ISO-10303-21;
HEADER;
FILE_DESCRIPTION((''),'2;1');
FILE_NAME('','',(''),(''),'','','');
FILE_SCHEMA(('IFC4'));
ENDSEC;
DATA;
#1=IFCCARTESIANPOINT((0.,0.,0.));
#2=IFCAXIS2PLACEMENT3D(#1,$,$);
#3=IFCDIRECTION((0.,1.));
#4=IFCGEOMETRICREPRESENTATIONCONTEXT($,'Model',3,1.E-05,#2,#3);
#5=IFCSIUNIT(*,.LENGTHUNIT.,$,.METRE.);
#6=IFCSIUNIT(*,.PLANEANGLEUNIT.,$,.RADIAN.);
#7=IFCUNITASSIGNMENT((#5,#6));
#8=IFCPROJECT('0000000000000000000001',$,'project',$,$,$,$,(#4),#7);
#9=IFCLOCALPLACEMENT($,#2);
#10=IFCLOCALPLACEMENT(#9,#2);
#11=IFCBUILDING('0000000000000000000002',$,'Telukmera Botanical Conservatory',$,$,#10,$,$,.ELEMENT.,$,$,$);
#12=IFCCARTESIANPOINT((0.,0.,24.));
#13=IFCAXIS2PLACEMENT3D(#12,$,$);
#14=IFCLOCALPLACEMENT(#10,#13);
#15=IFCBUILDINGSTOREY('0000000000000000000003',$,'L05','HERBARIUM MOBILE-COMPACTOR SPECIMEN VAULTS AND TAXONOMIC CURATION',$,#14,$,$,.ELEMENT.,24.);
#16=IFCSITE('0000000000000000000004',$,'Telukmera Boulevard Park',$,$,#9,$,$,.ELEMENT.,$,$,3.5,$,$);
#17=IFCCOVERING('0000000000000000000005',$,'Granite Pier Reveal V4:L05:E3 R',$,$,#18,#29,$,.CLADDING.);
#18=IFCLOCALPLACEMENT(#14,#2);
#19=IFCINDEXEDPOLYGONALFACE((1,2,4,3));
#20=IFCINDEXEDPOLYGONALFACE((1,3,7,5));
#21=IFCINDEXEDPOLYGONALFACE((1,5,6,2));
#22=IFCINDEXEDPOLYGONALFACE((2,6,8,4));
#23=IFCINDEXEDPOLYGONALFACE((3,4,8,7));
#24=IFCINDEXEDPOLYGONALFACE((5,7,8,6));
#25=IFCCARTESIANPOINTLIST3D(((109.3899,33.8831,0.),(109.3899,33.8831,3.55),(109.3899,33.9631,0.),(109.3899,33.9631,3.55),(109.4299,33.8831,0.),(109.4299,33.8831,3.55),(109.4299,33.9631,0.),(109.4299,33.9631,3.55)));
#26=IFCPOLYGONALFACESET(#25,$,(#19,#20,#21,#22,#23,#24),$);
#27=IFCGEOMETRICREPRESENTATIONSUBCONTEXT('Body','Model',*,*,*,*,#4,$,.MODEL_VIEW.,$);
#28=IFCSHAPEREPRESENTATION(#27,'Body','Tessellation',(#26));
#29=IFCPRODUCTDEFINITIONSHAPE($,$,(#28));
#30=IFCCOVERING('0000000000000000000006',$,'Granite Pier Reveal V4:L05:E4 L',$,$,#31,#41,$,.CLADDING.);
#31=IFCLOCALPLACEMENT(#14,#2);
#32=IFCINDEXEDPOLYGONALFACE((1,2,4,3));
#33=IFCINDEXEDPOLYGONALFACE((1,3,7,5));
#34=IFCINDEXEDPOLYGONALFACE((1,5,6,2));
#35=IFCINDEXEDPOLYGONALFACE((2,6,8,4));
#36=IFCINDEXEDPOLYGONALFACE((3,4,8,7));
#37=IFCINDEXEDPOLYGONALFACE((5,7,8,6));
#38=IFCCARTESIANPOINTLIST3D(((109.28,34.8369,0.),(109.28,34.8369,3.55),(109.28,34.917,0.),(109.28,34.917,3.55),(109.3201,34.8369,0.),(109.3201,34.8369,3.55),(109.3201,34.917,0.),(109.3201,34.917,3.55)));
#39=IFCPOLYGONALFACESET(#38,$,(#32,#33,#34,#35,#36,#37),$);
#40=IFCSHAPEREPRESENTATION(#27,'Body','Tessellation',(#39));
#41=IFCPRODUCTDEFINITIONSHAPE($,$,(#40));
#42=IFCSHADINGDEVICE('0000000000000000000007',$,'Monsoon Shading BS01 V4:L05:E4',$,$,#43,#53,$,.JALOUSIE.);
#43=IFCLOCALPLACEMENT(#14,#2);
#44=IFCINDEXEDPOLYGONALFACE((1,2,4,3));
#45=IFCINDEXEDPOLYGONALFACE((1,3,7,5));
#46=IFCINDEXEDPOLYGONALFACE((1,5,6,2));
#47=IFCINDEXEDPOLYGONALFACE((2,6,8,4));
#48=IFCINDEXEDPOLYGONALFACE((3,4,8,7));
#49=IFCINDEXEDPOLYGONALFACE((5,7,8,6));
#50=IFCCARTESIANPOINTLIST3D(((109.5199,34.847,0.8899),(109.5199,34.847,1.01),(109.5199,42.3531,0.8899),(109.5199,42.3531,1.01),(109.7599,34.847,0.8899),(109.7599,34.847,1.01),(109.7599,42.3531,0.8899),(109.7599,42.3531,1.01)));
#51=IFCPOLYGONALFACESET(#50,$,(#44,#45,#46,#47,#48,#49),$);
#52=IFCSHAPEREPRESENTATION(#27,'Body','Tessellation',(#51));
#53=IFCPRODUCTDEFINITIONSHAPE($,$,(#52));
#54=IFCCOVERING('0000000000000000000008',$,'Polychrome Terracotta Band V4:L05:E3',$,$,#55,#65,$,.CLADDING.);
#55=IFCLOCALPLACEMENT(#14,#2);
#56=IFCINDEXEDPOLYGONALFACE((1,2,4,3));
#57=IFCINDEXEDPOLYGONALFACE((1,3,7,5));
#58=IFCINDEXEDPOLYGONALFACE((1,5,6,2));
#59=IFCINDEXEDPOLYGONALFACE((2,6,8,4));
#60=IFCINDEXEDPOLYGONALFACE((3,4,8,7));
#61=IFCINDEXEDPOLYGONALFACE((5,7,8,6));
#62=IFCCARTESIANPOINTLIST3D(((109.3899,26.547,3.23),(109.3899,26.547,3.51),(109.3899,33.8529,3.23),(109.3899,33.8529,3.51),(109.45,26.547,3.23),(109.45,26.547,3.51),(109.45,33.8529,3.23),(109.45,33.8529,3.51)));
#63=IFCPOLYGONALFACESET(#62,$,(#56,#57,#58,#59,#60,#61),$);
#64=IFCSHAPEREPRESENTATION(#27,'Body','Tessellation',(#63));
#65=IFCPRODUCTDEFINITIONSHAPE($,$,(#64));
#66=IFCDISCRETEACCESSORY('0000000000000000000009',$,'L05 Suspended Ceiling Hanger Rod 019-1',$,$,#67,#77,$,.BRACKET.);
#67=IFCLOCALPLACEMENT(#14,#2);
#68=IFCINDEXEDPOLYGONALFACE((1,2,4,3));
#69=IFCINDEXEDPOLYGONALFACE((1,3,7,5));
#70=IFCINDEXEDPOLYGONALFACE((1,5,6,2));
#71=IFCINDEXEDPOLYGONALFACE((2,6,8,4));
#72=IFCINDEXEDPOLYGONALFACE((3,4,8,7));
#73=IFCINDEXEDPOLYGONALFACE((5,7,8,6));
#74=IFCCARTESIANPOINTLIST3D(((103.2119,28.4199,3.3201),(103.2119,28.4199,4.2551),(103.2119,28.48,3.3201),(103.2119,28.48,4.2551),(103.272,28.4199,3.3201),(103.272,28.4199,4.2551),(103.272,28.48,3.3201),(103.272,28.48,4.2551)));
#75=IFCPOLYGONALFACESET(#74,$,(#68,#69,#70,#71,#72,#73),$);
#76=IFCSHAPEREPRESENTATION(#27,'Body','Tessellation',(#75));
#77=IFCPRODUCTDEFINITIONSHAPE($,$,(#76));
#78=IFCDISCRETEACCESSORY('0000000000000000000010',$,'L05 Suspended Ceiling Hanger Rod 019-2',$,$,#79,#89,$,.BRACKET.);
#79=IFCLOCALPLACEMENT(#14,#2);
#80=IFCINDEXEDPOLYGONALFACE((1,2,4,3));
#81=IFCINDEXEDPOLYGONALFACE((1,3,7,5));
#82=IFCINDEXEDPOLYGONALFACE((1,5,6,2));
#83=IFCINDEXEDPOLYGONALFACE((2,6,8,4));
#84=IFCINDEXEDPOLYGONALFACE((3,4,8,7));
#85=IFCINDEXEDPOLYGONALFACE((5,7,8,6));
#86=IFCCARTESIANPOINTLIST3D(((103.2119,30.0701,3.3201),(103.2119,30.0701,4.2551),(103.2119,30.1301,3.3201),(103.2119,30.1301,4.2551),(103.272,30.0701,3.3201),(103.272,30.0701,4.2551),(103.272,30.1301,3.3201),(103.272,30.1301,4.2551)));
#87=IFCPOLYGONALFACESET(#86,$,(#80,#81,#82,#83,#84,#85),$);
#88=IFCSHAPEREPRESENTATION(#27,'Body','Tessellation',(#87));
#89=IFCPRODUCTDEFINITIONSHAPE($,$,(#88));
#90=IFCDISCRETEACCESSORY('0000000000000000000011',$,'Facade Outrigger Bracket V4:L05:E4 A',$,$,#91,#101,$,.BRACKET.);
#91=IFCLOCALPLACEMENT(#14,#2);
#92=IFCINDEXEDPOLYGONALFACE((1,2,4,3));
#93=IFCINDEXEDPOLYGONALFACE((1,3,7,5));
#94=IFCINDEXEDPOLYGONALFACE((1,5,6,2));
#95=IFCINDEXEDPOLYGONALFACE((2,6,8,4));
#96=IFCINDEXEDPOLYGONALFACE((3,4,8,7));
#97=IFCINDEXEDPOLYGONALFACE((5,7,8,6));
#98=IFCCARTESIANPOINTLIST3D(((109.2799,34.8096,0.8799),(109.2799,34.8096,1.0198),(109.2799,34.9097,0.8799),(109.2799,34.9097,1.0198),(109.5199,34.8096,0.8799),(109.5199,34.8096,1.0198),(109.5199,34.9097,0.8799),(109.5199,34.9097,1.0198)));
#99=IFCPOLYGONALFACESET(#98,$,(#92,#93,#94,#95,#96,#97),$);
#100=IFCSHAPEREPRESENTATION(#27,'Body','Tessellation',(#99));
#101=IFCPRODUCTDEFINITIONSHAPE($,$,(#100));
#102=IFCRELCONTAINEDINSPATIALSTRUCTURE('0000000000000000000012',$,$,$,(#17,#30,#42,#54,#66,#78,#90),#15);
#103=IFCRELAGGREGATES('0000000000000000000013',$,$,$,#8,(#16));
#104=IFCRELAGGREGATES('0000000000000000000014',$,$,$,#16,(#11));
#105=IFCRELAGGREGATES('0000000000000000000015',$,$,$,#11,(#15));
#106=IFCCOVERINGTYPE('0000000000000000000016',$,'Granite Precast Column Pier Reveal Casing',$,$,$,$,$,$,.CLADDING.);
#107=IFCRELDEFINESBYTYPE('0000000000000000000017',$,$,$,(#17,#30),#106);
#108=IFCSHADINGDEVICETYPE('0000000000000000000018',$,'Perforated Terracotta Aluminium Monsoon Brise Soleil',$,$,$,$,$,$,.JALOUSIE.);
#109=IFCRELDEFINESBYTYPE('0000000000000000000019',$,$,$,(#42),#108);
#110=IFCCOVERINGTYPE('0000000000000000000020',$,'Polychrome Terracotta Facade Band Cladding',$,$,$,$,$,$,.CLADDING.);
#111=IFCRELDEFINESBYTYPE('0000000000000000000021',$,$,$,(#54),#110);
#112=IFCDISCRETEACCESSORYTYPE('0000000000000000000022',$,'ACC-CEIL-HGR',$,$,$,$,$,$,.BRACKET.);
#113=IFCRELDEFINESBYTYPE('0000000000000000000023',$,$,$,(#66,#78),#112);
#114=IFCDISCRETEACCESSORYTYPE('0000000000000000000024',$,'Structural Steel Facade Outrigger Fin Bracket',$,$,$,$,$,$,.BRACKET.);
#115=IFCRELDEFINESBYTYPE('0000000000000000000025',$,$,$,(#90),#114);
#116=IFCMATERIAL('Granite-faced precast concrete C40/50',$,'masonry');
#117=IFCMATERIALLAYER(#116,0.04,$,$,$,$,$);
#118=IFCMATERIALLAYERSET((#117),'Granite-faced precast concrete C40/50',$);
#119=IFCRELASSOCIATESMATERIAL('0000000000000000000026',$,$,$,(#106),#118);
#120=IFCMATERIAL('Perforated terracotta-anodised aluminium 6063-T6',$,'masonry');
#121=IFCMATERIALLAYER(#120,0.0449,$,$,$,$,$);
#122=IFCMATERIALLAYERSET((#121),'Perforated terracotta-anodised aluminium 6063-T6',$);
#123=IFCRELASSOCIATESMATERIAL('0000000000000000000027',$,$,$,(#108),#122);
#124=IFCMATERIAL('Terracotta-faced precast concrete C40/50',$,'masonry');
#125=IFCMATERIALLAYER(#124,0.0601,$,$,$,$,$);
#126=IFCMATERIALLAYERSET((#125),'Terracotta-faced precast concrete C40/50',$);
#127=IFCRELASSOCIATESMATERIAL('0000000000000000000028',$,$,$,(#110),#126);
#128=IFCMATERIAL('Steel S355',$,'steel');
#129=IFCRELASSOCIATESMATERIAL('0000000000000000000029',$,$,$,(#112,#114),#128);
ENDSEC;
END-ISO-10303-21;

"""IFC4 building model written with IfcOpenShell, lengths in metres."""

from ifc_helpers import new_model, si_unit, direction, frame, origin, origin_2d, place, context, subcontext, project, spatial, rectangle, extrude, material, layer, layer_set, type_object, element, save


model = new_model("IFC4")

# Units and contexts
model_context = context("Model", 3, precision=1e-05, world=origin(), true_north=direction((0.0, 1.0)))
body_context = subcontext(model_context, "Body", "Model", "MODEL_VIEW")
ifc_project = project(units=[si_unit("LENGTHUNIT", "METRE"), si_unit("PLANEANGLEUNIT", "RADIAN")], contexts=[model_context])

# Site, building, storey
site_placement = place(None, origin())
site = spatial("IfcSite", under=ifc_project, at=site_placement, Name="Telukmera Boulevard Park", CompositionType="ELEMENT", RefElevation=3.5)
building_placement = place(site_placement, origin())
building = spatial("IfcBuilding", under=site, at=building_placement, Name="Telukmera Botanical Conservatory", CompositionType="ELEMENT")
storey_placement = place(building_placement, frame((0.0, 0.0, 24.0)))
storey = spatial("IfcBuildingStorey", under=building, at=storey_placement, Name="L05", Description="HERBARIUM MOBILE-COMPACTOR SPECIMEN VAULTS AND TAXONOMIC CURATION", CompositionType="ELEMENT", Elevation=24.0)

# Shared definitions
ifc_material_1 = material(Name="Terracotta-faced precast concrete C40/50", Category="masonry")

# Coverings
ifc_material_2 = material(Name="Granite-faced precast concrete C40/50", Category="masonry")
ifc_layer_1 = layer(ifc_material_2, 0.04)
ifc_layer_set_1 = layer_set([ifc_layer_1], Name="Granite-faced precast concrete C40/50")
covering_type_1 = type_object("IfcCoveringType", Name="Granite Precast Column Pier Reveal Casing", PredefinedType="CLADDING", material=ifc_layer_set_1)
for number, where, z_axis, x_axis, name in (
    (1, (109.4099, 33.9231, 0.0), (0.0, 0.0, 1.0), (0.0, 1.0, 0.0), "Granite Pier Reveal V4:L05:E3 R"),
    (2, (109.3, 34.877, 0.0), (0.0, 0.0, 1.0), (0.0, 1.0, 0.0), "Granite Pier Reveal V4:L05:E4 L"),
):
    element("IfcCovering", number, at=place(storey_placement, frame(where, z_axis=z_axis, x_axis=x_axis)), inside=storey, type_object=covering_type_1, Name=name, PredefinedType="CLADDING", context=body_context, shape_type="SweptSolid", body=[
        extrude(rectangle(XDim=0.0801, YDim=0.04, at=origin_2d()), origin(), (0.0, 0.0, 1.0), 3.55),
    ])

# Shading device
ifc_material_3 = material(Name="Perforated terracotta-anodised aluminium 6063-T6", Category="masonry")
ifc_layer_2 = layer(ifc_material_3, 0.0449)
ifc_layer_set_2 = layer_set([ifc_layer_2], Name="Perforated terracotta-anodised aluminium 6063-T6")
shading_device_type = type_object("IfcShadingDeviceType", Name="Perforated Terracotta Aluminium Monsoon Brise Soleil", PredefinedType="JALOUSIE", material=ifc_layer_set_2)
shading_device_placement = place(storey_placement, frame((109.6399, 38.6001, 0.8899), z_axis=(0.0, 0.0, 1.0), x_axis=(0.0, 1.0, 0.0)))
element("IfcShadingDevice", 3, at=shading_device_placement, inside=storey, type_object=shading_device_type, Name="Monsoon Shading BS01 V4:L05:E4", PredefinedType="JALOUSIE", context=body_context, shape_type="SweptSolid", body=[
    extrude(rectangle(XDim=7.5061, YDim=0.24, at=origin_2d()), origin(), (0.0, 0.0, 1.0), 0.1201),
])

# Covering
ifc_layer_3 = layer(ifc_material_1, 0.0601)
ifc_layer_set_3 = layer_set([ifc_layer_3], Name="Terracotta-faced precast concrete C40/50")
covering_type_2 = type_object("IfcCoveringType", Name="Polychrome Terracotta Facade Band Cladding", PredefinedType="CLADDING", material=ifc_layer_set_3)
covering_placement = place(storey_placement, frame((109.4199, 30.2, 3.23), z_axis=(0.0, 0.0, 1.0), x_axis=(0.0, 1.0, 0.0)))
element("IfcCovering", 4, at=covering_placement, inside=storey, type_object=covering_type_2, Name="Polychrome Terracotta Band V4:L05:E3", PredefinedType="CLADDING", context=body_context, shape_type="SweptSolid", body=[
    extrude(rectangle(XDim=7.3059, YDim=0.0601, at=origin_2d()), origin(), (0.0, 0.0, 1.0), 0.28),
])

# Discrete accessories
ifc_material_4 = material(Name="Steel S355", Category="steel")
discrete_accessory_type_1 = type_object("IfcDiscreteAccessoryType", Name="ACC-CEIL-HGR", PredefinedType="BRACKET", material=ifc_material_4)
for number, where, z_axis, x_axis, name in (
    (5, (103.2419, 28.45, 3.3201), (0.0, 0.0, 1.0), (1.0, 0.0, 0.0), "L05 Suspended Ceiling Hanger Rod 019-1"),
    (6, (103.2419, 30.1001, 3.3201), (0.0, 0.0, 1.0), (1.0, 0.0, 0.0), "L05 Suspended Ceiling Hanger Rod 019-2"),
):
    element("IfcDiscreteAccessory", number, at=place(storey_placement, frame(where, z_axis=z_axis, x_axis=x_axis)), inside=storey, type_object=discrete_accessory_type_1, Name=name, PredefinedType="BRACKET", context=body_context, shape_type="SweptSolid", body=[
        extrude(rectangle(XDim=0.0601, YDim=0.0601, at=origin_2d()), origin(), (0.0, 0.0, 1.0), 0.9351),
    ])
discrete_accessory_type_2 = type_object("IfcDiscreteAccessoryType", Name="Structural Steel Facade Outrigger Fin Bracket", PredefinedType="BRACKET", material=ifc_material_4)
discrete_accessory_placement = place(storey_placement, frame((109.3999, 34.8596, 0.8799), z_axis=(0.0, 0.0, 1.0), x_axis=(0.0, 1.0, 0.0)))
element("IfcDiscreteAccessory", 7, at=discrete_accessory_placement, inside=storey, type_object=discrete_accessory_type_2, Name="Facade Outrigger Bracket V4:L05:E4 A", PredefinedType="BRACKET", context=body_context, shape_type="SweptSolid", body=[
    extrude(rectangle(XDim=0.1001, YDim=0.24, at=origin_2d()), origin(), (0.0, 0.0, 1.0), 0.1399),
])

save(model, "model.ifc")
